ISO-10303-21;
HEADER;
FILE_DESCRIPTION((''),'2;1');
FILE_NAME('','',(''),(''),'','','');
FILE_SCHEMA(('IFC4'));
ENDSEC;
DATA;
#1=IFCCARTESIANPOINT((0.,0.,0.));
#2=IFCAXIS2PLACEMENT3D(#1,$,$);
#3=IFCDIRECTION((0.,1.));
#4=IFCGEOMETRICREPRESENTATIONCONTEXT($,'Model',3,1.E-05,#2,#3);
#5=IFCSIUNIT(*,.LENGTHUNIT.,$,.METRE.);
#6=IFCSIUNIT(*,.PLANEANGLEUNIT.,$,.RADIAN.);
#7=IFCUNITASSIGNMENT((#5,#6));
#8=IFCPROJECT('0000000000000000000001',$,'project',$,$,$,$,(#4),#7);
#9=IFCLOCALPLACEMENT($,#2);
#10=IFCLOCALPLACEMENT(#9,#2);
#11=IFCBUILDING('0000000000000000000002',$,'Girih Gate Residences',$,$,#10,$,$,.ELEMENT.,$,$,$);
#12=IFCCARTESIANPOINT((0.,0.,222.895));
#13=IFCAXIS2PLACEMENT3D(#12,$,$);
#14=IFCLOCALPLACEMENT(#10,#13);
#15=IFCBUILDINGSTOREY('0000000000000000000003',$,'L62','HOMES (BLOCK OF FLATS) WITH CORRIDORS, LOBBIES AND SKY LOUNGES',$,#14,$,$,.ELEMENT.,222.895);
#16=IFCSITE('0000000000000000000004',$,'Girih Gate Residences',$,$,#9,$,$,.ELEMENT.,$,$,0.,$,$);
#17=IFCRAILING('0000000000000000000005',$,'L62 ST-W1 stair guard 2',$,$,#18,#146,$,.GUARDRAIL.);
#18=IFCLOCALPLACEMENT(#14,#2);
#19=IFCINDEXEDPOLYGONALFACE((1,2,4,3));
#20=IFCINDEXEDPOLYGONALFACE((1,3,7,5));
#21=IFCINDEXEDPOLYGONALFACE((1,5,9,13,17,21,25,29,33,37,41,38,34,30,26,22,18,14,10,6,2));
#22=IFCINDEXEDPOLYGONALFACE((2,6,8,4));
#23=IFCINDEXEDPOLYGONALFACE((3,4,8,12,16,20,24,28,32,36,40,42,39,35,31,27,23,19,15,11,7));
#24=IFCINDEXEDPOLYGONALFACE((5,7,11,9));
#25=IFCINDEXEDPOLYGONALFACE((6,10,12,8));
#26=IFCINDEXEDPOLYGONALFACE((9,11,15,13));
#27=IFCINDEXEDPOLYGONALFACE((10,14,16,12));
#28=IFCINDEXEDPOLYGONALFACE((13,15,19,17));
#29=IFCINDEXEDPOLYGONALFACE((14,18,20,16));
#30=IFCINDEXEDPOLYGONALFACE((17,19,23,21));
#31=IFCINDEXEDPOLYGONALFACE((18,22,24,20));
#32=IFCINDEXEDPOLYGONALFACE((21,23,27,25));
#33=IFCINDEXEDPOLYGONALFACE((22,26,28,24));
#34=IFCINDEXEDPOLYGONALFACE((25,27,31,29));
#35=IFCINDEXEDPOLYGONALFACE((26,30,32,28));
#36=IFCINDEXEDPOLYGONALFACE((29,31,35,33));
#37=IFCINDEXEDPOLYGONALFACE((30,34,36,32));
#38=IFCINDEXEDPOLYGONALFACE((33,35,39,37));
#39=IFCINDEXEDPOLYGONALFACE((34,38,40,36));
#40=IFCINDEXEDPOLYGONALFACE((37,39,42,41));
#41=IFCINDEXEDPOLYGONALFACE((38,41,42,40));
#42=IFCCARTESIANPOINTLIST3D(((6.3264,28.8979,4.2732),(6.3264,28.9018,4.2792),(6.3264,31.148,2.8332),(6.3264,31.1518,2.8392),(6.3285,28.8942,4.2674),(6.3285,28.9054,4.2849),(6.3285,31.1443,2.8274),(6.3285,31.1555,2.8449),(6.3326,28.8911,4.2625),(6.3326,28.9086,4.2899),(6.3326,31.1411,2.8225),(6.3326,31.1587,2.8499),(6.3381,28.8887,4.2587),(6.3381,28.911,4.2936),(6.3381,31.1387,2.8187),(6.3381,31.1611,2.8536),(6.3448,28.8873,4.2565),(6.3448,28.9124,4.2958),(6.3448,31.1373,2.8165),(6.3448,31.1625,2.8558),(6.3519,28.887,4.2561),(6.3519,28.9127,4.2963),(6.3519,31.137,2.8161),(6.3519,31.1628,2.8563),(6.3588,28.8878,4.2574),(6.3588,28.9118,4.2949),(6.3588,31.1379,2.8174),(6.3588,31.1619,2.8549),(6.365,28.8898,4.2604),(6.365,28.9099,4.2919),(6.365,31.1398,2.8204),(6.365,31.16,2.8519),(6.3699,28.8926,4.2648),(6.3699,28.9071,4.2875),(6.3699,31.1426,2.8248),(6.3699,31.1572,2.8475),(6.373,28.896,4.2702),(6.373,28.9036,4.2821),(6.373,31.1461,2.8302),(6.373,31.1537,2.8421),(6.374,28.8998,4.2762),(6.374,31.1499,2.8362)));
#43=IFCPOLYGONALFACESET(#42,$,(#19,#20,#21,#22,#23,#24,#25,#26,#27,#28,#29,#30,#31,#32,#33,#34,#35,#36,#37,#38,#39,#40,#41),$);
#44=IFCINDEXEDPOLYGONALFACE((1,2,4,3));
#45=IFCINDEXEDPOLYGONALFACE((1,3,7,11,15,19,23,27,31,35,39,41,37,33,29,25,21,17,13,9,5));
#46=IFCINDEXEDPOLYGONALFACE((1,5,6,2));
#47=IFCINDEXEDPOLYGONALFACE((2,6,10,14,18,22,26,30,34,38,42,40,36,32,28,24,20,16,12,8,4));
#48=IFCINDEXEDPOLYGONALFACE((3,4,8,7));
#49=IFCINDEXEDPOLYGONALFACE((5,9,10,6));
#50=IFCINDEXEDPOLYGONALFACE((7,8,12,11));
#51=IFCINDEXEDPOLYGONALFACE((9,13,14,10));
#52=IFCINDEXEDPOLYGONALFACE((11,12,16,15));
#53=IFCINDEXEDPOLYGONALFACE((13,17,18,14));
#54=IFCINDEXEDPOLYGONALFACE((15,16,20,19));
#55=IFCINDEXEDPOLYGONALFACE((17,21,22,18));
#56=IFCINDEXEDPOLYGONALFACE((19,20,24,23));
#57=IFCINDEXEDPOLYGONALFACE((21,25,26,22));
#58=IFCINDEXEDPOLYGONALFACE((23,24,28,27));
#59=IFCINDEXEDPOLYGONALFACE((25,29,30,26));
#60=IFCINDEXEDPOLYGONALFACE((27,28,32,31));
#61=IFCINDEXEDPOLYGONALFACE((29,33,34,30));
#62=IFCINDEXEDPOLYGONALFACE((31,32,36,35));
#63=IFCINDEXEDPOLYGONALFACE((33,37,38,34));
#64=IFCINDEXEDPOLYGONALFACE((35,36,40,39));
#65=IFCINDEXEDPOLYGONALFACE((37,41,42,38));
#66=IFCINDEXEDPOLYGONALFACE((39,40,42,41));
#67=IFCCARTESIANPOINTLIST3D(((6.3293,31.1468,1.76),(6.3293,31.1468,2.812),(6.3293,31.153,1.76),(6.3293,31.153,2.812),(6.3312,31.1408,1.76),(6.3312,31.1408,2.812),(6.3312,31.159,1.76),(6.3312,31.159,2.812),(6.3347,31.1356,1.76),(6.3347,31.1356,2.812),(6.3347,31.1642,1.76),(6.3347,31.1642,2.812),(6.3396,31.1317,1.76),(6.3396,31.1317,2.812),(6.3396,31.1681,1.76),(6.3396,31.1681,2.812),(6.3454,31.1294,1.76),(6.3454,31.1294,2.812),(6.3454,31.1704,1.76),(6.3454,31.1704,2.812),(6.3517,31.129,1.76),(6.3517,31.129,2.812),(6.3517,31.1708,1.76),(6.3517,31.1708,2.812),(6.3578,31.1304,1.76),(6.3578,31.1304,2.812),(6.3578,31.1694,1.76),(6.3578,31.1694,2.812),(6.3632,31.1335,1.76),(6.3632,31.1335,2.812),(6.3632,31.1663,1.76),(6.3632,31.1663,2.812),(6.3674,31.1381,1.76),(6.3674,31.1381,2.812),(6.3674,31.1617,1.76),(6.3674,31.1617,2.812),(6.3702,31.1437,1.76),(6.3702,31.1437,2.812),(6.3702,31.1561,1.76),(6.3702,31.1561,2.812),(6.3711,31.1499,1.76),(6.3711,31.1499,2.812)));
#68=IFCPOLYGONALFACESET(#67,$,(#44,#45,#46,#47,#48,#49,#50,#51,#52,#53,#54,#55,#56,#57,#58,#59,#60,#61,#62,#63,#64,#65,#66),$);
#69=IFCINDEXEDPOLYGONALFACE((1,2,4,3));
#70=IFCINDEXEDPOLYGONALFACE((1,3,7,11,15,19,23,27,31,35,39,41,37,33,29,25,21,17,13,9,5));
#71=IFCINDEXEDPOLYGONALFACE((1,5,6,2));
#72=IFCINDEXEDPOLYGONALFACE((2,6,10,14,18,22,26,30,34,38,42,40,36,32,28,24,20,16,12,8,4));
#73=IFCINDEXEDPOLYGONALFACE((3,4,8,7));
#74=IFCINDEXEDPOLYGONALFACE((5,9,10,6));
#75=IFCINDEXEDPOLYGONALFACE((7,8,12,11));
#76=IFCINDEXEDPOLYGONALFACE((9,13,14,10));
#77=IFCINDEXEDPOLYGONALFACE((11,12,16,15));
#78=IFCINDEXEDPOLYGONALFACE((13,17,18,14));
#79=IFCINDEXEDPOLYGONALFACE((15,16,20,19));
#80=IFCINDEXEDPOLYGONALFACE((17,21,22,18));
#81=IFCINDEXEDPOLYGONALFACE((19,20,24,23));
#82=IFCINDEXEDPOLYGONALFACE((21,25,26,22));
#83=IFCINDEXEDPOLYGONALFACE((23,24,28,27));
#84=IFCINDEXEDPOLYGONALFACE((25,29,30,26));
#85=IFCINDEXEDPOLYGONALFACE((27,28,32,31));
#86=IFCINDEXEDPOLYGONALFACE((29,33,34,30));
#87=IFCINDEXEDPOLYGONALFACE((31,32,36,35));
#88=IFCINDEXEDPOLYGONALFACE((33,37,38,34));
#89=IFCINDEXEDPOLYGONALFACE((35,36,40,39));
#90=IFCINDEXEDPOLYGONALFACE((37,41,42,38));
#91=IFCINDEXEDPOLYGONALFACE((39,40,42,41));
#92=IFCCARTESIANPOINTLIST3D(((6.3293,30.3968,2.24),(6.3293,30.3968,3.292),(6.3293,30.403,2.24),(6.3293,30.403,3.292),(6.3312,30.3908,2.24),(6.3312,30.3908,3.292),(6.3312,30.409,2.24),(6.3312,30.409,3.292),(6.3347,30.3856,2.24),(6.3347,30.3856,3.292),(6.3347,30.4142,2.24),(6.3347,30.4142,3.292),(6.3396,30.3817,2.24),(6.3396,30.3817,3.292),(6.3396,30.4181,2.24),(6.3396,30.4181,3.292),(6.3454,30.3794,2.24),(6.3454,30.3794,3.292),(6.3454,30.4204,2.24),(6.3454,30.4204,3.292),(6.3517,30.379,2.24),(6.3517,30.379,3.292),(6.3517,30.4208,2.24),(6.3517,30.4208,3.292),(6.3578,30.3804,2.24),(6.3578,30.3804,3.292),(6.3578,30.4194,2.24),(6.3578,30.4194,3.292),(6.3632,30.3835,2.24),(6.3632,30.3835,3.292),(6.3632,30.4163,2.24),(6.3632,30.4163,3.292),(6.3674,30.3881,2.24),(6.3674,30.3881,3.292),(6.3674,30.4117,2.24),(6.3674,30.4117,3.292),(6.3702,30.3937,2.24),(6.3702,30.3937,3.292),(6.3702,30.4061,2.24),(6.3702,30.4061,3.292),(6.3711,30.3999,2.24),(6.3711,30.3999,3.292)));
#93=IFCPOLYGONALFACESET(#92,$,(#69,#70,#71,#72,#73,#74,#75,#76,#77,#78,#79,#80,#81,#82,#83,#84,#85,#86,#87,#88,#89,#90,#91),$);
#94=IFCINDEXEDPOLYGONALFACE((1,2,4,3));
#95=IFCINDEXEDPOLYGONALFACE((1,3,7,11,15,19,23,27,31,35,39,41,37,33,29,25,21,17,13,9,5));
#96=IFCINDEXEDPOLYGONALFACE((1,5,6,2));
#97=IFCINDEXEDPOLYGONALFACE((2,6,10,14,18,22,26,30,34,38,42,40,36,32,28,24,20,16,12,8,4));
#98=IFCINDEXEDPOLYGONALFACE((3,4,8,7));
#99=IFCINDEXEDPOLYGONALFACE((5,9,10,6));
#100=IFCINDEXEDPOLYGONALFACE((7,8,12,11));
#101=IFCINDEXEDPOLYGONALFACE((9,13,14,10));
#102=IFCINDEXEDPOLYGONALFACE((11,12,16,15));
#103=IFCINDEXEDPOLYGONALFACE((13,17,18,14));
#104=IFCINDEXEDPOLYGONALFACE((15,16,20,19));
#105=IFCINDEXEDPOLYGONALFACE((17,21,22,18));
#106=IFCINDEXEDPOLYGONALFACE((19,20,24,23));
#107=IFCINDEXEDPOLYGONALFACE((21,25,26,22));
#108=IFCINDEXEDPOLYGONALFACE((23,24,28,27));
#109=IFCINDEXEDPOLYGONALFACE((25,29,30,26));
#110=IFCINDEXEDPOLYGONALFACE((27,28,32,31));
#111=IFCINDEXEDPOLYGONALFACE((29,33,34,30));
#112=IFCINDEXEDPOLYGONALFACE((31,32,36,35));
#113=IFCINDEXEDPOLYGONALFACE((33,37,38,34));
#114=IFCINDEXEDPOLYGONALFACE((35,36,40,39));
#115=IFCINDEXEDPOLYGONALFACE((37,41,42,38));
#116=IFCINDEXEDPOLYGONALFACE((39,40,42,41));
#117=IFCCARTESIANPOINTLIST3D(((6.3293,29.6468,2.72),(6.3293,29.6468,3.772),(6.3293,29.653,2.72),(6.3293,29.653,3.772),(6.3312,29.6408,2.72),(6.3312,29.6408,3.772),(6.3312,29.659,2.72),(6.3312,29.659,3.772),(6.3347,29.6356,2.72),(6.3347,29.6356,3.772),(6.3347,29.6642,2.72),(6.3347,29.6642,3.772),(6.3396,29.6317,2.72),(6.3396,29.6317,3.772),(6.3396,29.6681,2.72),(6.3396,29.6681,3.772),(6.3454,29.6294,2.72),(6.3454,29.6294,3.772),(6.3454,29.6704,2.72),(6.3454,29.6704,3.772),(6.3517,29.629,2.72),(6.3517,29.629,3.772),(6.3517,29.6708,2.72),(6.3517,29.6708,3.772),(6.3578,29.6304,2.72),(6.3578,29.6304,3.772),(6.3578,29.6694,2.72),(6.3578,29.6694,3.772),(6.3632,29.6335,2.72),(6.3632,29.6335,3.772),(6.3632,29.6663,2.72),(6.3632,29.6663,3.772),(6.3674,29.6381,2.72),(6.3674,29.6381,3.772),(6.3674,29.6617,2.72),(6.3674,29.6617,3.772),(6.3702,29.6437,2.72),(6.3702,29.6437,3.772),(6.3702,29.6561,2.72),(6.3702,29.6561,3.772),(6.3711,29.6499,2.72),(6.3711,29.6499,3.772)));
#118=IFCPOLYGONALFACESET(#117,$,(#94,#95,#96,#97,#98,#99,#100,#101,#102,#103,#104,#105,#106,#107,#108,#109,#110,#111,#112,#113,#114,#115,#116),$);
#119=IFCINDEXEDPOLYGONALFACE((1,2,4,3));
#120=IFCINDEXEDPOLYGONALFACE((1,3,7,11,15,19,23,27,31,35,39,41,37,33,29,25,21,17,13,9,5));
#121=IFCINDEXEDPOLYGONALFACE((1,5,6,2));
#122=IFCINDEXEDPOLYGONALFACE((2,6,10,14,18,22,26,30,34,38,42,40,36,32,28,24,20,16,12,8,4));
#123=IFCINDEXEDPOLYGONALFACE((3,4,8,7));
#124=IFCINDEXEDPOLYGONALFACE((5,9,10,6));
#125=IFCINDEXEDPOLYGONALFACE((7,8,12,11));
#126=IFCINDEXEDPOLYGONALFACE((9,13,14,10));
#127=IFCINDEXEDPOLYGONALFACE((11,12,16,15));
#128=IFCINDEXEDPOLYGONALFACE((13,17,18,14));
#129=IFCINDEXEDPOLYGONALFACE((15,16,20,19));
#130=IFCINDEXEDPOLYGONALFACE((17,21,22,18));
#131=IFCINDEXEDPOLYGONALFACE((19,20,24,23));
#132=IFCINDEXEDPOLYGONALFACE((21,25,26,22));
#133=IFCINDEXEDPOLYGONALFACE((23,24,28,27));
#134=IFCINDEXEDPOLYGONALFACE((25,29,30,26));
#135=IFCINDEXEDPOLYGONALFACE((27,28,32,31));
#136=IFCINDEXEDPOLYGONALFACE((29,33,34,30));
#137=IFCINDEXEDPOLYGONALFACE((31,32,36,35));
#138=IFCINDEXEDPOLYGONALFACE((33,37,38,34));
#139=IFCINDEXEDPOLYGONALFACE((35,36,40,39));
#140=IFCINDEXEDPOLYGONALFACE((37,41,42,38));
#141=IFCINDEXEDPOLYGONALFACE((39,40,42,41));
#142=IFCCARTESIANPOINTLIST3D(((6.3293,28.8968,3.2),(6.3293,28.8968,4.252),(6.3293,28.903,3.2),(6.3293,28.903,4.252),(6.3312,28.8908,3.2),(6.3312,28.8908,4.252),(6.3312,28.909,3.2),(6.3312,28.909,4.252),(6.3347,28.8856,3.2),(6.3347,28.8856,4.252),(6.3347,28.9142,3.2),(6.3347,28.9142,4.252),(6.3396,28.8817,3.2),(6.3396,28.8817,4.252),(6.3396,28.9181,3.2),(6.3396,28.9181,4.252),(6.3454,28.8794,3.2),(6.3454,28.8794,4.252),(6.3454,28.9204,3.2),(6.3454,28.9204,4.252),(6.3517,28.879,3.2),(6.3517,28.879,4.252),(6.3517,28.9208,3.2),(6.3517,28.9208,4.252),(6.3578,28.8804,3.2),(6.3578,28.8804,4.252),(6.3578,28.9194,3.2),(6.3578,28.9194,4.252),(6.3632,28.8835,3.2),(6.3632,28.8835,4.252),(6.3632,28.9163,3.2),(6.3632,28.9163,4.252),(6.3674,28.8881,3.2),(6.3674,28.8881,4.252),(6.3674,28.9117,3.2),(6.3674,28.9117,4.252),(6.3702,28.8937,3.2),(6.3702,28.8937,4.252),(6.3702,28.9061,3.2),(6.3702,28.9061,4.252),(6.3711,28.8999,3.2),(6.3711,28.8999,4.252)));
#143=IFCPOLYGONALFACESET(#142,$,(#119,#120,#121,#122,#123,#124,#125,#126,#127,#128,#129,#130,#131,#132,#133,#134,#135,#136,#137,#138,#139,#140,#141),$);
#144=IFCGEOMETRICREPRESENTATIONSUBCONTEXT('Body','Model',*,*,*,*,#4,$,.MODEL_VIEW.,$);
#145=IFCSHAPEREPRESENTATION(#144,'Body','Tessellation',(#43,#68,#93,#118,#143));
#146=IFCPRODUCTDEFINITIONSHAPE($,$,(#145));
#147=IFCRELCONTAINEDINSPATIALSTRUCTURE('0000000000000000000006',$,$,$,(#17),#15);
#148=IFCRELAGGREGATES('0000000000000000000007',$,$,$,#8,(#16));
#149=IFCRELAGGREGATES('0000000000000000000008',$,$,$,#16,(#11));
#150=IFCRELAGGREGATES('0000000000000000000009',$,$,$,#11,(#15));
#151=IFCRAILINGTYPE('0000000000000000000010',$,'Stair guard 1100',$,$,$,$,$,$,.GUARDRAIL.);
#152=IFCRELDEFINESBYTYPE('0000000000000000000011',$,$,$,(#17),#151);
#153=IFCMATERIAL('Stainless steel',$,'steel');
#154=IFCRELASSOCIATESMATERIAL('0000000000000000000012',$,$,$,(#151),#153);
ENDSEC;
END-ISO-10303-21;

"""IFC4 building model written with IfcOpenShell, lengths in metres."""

from ifc_helpers import new_model, si_unit, direction, frame, origin, origin_2d, place, context, subcontext, project, spatial, circle, extrude, material, type_object, element, save


model = new_model("IFC4")

# Units and contexts
model_context = context("Model", 3, precision=1e-05, world=origin(), true_north=direction((0.0, 1.0)))
body_context = subcontext(model_context, "Body", "Model", "MODEL_VIEW")
ifc_project = project(units=[si_unit("LENGTHUNIT", "METRE"), si_unit("PLANEANGLEUNIT", "RADIAN")], contexts=[model_context])

# Site, building, storey
site_placement = place(None, origin())
site = spatial("IfcSite", under=ifc_project, at=site_placement, Name="Girih Gate Residences", CompositionType="ELEMENT", RefElevation=0.0)
building_placement = place(site_placement, origin())
building = spatial("IfcBuilding", under=site, at=building_placement, Name="Girih Gate Residences", CompositionType="ELEMENT")
storey_placement = place(building_placement, frame((0.0, 0.0, 222.895)))
storey = spatial("IfcBuildingStorey", under=building, at=storey_placement, Name="L62", Description="HOMES (BLOCK OF FLATS) WITH CORRIDORS, LOBBIES AND SKY LOUNGES", CompositionType="ELEMENT", Elevation=222.895)

# Railing
ifc_material_1 = material(Name="Stainless steel", Category="steel")
railing_type_1 = type_object("IfcRailingType", Name="Stair guard 1100", PredefinedType="GUARDRAIL", material=ifc_material_1)
railing_1_placement = place(storey_placement, frame((6.3501, 31.1499, 1.76)))
element("IfcRailing", 1, at=railing_1_placement, inside=storey, type_object=railing_type_1, Name="L62 ST-W1 stair guard 2", PredefinedType="GUARDRAIL", context=body_context, shape_type="SweptSolid", body=[
    extrude(circle(Radius=0.0239, at=origin_2d()), frame((0.0, 0.0, 1.0762), z_axis=(0.0, -0.842281, 0.539038), x_axis=(1.0, 0.0, 0.0)), (0.0, 0.0, 1.0), 2.6714),
    extrude(circle(Radius=0.021, at=origin_2d()), origin(), (0.0, 0.0, 1.0), 1.052),
    extrude(circle(Radius=0.021, at=origin_2d()), frame((0.0, -0.75, 0.48)), (0.0, 0.0, 1.0), 1.052),
    extrude(circle(Radius=0.021, at=origin_2d()), frame((0.0, -1.5, 0.96)), (0.0, 0.0, 1.0), 1.052),
    extrude(circle(Radius=0.021, at=origin_2d()), frame((0.0, -2.25, 1.4399)), (0.0, 0.0, 1.0), 1.052),
])

save(model, "model.ifc")
